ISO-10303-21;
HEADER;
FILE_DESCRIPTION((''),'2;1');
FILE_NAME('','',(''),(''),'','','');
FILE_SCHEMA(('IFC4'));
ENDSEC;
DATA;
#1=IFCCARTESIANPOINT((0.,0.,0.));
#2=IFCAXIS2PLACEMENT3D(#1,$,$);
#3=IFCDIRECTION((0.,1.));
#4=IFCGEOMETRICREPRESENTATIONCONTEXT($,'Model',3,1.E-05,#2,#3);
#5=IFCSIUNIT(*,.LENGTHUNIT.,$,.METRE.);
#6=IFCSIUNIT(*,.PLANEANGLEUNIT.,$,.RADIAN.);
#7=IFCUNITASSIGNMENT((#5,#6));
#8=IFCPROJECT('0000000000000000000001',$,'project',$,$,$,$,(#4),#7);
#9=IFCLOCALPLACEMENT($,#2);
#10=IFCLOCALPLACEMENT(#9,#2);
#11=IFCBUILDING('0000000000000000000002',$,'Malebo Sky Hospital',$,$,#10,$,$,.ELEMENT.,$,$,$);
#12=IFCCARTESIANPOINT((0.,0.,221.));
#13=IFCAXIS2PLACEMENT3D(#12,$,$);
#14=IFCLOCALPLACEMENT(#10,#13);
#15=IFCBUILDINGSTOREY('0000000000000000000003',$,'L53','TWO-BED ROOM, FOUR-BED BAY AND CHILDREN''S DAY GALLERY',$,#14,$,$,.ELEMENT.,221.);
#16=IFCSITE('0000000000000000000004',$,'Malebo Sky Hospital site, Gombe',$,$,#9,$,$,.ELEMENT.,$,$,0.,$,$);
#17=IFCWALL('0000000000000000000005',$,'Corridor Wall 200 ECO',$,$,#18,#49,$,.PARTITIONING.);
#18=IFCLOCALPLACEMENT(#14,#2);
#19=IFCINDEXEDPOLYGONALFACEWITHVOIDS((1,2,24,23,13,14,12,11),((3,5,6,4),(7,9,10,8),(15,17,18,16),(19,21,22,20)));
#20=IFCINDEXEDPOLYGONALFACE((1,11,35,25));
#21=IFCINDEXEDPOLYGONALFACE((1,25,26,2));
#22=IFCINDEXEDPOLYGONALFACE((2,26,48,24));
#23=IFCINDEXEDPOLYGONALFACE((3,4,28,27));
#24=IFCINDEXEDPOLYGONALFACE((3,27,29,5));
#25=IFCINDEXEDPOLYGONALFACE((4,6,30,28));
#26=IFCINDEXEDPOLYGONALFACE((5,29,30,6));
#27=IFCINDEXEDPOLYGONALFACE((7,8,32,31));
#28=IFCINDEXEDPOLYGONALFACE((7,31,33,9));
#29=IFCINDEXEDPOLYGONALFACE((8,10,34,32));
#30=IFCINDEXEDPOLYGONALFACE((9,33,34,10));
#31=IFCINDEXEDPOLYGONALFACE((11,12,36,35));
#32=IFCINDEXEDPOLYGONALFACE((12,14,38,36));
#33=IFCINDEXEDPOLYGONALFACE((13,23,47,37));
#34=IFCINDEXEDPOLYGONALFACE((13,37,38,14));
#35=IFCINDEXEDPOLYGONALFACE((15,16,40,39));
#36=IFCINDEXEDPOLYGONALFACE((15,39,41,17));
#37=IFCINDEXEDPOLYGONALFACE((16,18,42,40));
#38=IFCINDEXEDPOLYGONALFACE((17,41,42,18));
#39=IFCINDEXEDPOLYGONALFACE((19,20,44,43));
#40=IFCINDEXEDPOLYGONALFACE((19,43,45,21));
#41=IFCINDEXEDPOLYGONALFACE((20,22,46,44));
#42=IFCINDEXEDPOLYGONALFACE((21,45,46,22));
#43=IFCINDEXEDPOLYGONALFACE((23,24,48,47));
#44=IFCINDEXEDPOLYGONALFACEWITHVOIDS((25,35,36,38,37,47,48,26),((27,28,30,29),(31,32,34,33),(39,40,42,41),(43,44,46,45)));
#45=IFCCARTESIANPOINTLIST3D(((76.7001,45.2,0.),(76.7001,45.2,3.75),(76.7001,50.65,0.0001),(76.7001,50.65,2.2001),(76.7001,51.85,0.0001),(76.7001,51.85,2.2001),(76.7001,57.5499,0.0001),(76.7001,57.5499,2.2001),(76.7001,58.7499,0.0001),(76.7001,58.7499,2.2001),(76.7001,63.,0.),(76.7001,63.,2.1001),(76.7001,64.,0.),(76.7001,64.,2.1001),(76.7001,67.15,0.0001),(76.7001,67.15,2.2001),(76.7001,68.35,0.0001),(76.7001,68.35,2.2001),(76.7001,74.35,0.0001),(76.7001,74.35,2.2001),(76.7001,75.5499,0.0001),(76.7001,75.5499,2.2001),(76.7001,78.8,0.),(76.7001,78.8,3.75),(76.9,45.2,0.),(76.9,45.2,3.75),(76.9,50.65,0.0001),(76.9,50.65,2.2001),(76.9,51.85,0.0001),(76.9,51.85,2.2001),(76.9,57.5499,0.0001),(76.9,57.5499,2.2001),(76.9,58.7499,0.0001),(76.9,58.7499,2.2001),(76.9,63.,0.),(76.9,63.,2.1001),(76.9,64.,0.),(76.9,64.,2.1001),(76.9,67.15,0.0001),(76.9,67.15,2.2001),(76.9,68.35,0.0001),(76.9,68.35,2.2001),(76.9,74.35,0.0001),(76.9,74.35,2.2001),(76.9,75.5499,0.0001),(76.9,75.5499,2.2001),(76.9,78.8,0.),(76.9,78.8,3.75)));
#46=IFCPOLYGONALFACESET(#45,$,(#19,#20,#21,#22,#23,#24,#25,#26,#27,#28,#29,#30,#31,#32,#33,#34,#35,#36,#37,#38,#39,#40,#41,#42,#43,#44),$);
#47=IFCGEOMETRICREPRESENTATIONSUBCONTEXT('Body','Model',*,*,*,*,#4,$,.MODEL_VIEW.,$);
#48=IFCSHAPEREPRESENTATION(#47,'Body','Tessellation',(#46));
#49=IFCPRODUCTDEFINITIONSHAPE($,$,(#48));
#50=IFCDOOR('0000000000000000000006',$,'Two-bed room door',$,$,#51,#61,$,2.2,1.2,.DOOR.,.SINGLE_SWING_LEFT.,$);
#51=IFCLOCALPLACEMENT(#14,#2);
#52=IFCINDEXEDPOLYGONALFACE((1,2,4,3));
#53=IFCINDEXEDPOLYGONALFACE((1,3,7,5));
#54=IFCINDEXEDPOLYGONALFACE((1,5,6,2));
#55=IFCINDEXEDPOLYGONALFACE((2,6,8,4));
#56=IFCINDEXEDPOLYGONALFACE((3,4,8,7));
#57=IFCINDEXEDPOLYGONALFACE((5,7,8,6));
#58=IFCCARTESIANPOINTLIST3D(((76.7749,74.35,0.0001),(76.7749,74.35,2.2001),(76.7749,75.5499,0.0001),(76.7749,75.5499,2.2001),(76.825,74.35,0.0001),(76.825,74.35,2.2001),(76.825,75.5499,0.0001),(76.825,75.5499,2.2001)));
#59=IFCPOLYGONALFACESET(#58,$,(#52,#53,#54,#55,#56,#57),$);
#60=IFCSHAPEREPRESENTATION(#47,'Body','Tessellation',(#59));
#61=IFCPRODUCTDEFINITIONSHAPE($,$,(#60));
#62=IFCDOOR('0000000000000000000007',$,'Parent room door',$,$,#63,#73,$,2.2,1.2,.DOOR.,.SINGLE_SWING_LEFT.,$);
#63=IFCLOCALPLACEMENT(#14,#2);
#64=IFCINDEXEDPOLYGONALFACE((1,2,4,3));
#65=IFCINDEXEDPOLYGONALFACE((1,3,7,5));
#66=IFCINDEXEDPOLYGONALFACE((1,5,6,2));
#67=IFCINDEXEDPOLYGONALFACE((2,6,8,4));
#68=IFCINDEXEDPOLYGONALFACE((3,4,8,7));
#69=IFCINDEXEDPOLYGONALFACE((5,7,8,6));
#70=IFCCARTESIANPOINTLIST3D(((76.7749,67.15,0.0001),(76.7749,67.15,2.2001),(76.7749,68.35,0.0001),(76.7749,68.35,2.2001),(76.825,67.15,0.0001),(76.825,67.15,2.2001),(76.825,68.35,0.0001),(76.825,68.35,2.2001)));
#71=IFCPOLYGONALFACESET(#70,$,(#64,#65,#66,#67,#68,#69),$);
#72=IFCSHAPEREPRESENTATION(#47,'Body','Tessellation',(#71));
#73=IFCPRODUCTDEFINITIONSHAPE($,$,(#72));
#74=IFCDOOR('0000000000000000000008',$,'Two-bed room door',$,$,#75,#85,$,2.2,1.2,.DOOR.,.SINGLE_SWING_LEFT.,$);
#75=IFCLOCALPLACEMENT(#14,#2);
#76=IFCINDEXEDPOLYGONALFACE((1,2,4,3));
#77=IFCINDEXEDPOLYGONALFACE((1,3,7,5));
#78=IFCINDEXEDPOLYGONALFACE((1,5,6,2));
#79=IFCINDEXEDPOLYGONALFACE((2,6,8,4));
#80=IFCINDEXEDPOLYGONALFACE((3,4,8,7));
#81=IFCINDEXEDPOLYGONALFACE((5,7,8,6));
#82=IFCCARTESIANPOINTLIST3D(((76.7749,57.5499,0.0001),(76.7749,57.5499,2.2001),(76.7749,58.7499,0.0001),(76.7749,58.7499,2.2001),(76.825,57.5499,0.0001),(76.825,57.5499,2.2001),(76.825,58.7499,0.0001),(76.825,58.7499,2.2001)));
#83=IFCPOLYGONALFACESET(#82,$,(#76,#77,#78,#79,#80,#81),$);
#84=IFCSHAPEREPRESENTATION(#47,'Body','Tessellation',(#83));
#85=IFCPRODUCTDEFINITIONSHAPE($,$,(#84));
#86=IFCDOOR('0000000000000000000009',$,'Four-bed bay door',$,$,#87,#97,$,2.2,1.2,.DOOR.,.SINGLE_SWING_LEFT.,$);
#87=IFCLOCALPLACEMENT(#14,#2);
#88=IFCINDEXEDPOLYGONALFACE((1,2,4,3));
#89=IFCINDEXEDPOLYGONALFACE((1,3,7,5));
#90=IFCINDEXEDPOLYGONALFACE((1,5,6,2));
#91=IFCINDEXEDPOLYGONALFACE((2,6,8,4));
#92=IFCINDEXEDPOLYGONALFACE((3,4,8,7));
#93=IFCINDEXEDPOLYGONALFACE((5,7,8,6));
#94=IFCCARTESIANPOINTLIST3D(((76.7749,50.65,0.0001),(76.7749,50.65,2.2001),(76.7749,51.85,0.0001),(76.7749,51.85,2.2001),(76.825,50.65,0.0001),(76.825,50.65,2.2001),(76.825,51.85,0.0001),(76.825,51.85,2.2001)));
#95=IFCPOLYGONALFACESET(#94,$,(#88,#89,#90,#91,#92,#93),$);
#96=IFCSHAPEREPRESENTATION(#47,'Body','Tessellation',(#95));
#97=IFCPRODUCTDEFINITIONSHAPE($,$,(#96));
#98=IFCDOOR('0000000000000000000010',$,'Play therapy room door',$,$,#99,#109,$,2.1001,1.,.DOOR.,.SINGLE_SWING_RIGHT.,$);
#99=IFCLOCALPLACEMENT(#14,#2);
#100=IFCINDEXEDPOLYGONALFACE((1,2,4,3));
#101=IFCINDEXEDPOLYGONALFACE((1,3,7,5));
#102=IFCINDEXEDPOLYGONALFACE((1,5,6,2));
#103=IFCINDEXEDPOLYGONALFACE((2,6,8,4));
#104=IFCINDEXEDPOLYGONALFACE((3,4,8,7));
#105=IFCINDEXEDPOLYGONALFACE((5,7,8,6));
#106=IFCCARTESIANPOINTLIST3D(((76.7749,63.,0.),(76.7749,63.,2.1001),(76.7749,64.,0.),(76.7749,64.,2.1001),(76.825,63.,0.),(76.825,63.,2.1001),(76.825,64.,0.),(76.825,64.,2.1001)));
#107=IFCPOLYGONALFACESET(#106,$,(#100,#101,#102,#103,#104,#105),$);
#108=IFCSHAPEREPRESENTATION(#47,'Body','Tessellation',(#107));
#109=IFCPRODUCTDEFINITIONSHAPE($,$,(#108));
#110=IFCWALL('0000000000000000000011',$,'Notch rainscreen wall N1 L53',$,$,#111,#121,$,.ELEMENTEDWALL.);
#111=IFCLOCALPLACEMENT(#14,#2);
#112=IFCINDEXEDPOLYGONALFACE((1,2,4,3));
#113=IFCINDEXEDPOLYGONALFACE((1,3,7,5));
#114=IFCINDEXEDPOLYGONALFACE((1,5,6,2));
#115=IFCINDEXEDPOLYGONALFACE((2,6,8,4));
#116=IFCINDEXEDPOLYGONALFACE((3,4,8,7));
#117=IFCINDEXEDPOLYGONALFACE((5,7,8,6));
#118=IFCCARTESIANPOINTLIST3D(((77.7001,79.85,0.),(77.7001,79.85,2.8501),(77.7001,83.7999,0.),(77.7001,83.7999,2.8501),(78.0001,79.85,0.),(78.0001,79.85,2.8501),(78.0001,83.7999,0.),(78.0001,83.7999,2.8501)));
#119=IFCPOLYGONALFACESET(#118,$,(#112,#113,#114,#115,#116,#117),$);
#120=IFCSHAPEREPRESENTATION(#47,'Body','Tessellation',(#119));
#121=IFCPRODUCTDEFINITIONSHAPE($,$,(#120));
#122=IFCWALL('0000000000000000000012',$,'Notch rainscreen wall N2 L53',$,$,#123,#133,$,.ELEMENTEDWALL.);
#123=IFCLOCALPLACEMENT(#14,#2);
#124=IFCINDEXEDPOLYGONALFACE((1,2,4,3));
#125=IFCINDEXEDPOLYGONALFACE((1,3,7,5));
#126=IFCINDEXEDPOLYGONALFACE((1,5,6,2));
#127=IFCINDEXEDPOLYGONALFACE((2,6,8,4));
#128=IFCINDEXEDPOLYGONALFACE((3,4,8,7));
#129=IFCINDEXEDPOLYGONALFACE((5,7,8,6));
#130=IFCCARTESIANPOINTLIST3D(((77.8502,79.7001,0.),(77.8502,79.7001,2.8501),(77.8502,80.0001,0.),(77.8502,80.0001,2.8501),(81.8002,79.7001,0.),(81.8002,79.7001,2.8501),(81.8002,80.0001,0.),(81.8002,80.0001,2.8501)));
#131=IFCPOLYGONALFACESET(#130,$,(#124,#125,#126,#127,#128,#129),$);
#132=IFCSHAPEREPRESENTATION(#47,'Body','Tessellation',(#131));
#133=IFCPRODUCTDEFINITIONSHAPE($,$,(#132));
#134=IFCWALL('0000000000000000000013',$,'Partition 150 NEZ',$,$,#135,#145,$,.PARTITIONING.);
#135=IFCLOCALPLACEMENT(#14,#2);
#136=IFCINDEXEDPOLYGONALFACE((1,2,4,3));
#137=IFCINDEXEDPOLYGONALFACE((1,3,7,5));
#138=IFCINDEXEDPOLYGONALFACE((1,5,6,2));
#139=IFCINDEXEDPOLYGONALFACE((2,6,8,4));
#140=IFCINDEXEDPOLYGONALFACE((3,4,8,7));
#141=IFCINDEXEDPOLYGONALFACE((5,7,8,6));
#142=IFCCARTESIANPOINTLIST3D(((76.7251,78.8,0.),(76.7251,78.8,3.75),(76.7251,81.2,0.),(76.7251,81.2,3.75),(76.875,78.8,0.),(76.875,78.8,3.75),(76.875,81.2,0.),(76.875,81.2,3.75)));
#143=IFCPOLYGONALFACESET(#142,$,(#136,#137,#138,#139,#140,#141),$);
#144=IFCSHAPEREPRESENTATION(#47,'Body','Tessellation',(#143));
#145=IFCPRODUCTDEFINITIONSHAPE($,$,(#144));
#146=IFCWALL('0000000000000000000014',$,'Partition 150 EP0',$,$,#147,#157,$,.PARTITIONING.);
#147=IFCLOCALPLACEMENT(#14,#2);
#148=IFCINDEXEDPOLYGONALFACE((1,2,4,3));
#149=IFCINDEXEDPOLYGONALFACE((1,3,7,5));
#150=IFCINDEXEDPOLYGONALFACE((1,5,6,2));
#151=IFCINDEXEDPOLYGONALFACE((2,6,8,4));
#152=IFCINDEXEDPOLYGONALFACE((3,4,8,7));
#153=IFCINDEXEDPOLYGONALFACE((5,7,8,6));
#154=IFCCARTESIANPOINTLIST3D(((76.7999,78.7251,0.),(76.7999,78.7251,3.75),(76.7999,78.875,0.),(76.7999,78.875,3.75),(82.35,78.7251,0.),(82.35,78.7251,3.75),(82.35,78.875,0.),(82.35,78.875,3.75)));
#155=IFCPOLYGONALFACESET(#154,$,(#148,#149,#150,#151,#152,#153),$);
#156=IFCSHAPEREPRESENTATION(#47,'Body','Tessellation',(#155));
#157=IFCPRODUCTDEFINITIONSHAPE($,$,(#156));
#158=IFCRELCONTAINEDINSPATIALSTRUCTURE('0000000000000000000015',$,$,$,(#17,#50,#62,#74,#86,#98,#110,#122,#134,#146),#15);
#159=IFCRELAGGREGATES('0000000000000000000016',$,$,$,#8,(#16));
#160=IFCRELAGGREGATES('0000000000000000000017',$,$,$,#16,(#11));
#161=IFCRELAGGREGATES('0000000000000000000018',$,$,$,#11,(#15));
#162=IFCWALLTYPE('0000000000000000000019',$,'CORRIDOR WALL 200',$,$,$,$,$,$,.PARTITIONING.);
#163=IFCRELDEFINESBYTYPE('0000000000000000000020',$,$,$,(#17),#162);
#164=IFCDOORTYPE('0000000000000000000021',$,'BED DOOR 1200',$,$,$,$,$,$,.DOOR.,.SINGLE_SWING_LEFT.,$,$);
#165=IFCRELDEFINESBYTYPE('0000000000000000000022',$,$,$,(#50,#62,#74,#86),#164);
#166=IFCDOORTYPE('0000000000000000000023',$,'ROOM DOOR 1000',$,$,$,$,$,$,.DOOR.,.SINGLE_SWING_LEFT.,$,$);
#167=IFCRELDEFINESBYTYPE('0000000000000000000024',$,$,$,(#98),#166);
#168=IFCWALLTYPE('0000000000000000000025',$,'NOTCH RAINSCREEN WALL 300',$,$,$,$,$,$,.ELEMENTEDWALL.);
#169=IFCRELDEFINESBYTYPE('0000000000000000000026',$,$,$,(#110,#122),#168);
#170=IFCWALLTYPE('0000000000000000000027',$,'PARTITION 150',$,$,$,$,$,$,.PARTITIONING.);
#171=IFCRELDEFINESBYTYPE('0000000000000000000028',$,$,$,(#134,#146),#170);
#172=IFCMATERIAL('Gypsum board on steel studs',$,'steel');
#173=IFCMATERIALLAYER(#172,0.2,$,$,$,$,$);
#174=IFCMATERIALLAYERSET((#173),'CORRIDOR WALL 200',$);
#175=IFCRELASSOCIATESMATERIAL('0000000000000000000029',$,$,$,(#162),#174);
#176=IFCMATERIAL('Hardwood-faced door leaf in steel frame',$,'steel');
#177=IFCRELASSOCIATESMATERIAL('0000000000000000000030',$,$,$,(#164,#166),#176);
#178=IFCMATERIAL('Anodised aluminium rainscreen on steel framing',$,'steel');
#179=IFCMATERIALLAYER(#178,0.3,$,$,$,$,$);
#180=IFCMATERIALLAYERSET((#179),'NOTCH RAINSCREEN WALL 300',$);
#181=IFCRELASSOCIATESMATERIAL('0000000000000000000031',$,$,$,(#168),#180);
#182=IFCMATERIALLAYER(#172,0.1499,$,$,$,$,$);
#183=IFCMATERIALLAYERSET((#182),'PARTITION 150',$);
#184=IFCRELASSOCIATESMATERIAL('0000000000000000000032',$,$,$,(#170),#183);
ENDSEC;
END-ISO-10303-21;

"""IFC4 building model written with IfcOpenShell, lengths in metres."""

from ifc_helpers import new_model, si_unit, direction, frame, frame_2d, origin, place, context, subcontext, project, spatial, rectangle, extrude, material, layer, layer_set, type_object, element, fill, save


model = new_model("IFC4")

# Units and contexts
model_context = context("Model", 3, precision=1e-05, world=origin(), true_north=direction((0.0, 1.0)))
body_context = subcontext(model_context, "Body", "Model", "MODEL_VIEW")
ifc_project = project(units=[si_unit("LENGTHUNIT", "METRE"), si_unit("PLANEANGLEUNIT", "RADIAN")], contexts=[model_context])

# Site, building, storey
site_placement = place(None, origin())
site = spatial("IfcSite", under=ifc_project, at=site_placement, Name="Malebo Sky Hospital site, Gombe", CompositionType="ELEMENT", RefElevation=0.0)
building_placement = place(site_placement, origin())
building = spatial("IfcBuilding", under=site, at=building_placement, Name="Malebo Sky Hospital", CompositionType="ELEMENT")
storey_placement = place(building_placement, frame((0.0, 0.0, 221.0)))
storey = spatial("IfcBuildingStorey", under=building, at=storey_placement, Name="L53", Description="TWO-BED ROOM, FOUR-BED BAY AND CHILDREN'S DAY GALLERY", CompositionType="ELEMENT", Elevation=221.0)

# Wall, openings, doors
ifc_material_1 = material(Name="Gypsum board on steel studs", Category="steel")
ifc_layer_1 = layer(ifc_material_1, 0.2)
ifc_layer_set_1 = layer_set([ifc_layer_1], Name="CORRIDOR WALL 200")
wall_type_1 = type_object("IfcWallType", Name="CORRIDOR WALL 200", PredefinedType="PARTITIONING", material=ifc_layer_set_1)
wall_1_placement = place(storey_placement, frame((76.8, 78.8, 0.0), z_axis=(0.0, 0.0, 1.0), x_axis=(0.0, -1.0, 0.0)))
wall_1 = element("IfcWall", 1, at=wall_1_placement, inside=storey, type_object=wall_type_1, Name="Corridor Wall 200 ECO", PredefinedType="PARTITIONING", context=body_context, shape_type="SweptSolid", body=[
    extrude(rectangle(XDim=33.6001, YDim=0.2, at=frame_2d((16.8, 0.0))), origin(), (0.0, 0.0, 1.0), 3.75),
])
opening_1_placement = place(wall_1_placement, frame((3.25, 0.0, 0.0)))
opening_1 = element("IfcOpeningElement", 2, at=opening_1_placement, cuts=wall_1, PredefinedType="OPENING", context=body_context, shape_type="SweptSolid", body=[
    extrude(rectangle(XDim=1.2, YDim=2.2, at=frame_2d((0.6001, 1.1001))), frame((0.0, 0.1099, 0.0), z_axis=(0.0, -1.0, 0.0), x_axis=(1.0, 0.0, 0.0)), (0.0, 0.0, 1.0), 0.22),
])
opening_2_placement = place(wall_1_placement, frame((10.45, 0.0, 0.0)))
opening_2 = element("IfcOpeningElement", 3, at=opening_2_placement, cuts=wall_1, PredefinedType="OPENING", context=body_context, shape_type="SweptSolid", body=[
    extrude(rectangle(XDim=1.2, YDim=2.2, at=frame_2d((0.6001, 1.1001))), frame((0.0, 0.1099, 0.0), z_axis=(0.0, -1.0, 0.0), x_axis=(1.0, 0.0, 0.0)), (0.0, 0.0, 1.0), 0.22),
])
opening_3_placement = place(wall_1_placement, frame((14.8, 0.0, 0.0)))
opening_3 = element("IfcOpeningElement", 4, at=opening_3_placement, cuts=wall_1, PredefinedType="OPENING", context=body_context, shape_type="SweptSolid", body=[
    extrude(rectangle(XDim=1.0, YDim=2.1001, at=frame_2d((0.5, 1.05))), frame((0.0, 0.1099, 0.0), z_axis=(0.0, -1.0, 0.0), x_axis=(1.0, 0.0, 0.0)), (0.0, 0.0, 1.0), 0.22),
])
opening_4_placement = place(wall_1_placement, frame((20.05, 0.0, 0.0)))
opening_4 = element("IfcOpeningElement", 5, at=opening_4_placement, cuts=wall_1, PredefinedType="OPENING", context=body_context, shape_type="SweptSolid", body=[
    extrude(rectangle(XDim=1.2, YDim=2.2, at=frame_2d((0.6001, 1.1001))), frame((0.0, 0.1099, 0.0), z_axis=(0.0, -1.0, 0.0), x_axis=(1.0, 0.0, 0.0)), (0.0, 0.0, 1.0), 0.22),
])
opening_5_placement = place(wall_1_placement, frame((26.95, 0.0, 0.0)))
opening_5 = element("IfcOpeningElement", 6, at=opening_5_placement, cuts=wall_1, PredefinedType="OPENING", context=body_context, shape_type="SweptSolid", body=[
    extrude(rectangle(XDim=1.2, YDim=2.2, at=frame_2d((0.6001, 1.1001))), frame((0.0, 0.1099, 0.0), z_axis=(0.0, -1.0, 0.0), x_axis=(1.0, 0.0, 0.0)), (0.0, 0.0, 1.0), 0.22),
])
ifc_material_2 = material(Name="Hardwood-faced door leaf in steel frame", Category="steel")
door_type_1 = type_object("IfcDoorType", Name="BED DOOR 1200", OperationType="SINGLE_SWING_LEFT", PredefinedType="DOOR", material=ifc_material_2)
door_1_placement = place(opening_1_placement, origin())
door_1 = element("IfcDoor", 7, at=door_1_placement, inside=storey, type_object=door_type_1, Name="Two-bed room door", OperationType="SINGLE_SWING_LEFT", OverallHeight=2.2, OverallWidth=1.2, PredefinedType="DOOR", context=body_context, shape_type="SweptSolid", body=[
    extrude(rectangle(XDim=1.2, YDim=2.2, at=frame_2d((0.6001, 1.1001))), frame((0.0, 0.0249, 0.0), z_axis=(0.0, -1.0, 0.0), x_axis=(1.0, 0.0, 0.0)), (0.0, 0.0, 1.0), 0.05),
])
fill(opening_1, door_1)
door_2_placement = place(opening_2_placement, origin())
door_2 = element("IfcDoor", 8, at=door_2_placement, inside=storey, type_object=door_type_1, Name="Parent room door", OperationType="SINGLE_SWING_LEFT", OverallHeight=2.2, OverallWidth=1.2, PredefinedType="DOOR", context=body_context, shape_type="SweptSolid", body=[
    extrude(rectangle(XDim=1.2, YDim=2.2, at=frame_2d((0.6001, 1.1001))), frame((0.0, 0.0249, 0.0), z_axis=(0.0, -1.0, 0.0), x_axis=(1.0, 0.0, 0.0)), (0.0, 0.0, 1.0), 0.05),
])
fill(opening_2, door_2)
door_3_placement = place(opening_4_placement, origin())
door_3 = element("IfcDoor", 9, at=door_3_placement, inside=storey, type_object=door_type_1, Name="Two-bed room door", OperationType="SINGLE_SWING_LEFT", OverallHeight=2.2, OverallWidth=1.2, PredefinedType="DOOR", context=body_context, shape_type="SweptSolid", body=[
    extrude(rectangle(XDim=1.2, YDim=2.2, at=frame_2d((0.6001, 1.1001))), frame((0.0, 0.0249, 0.0), z_axis=(0.0, -1.0, 0.0), x_axis=(1.0, 0.0, 0.0)), (0.0, 0.0, 1.0), 0.05),
])
fill(opening_4, door_3)
door_4_placement = place(opening_5_placement, origin())
door_4 = element("IfcDoor", 10, at=door_4_placement, inside=storey, type_object=door_type_1, Name="Four-bed bay door", OperationType="SINGLE_SWING_LEFT", OverallHeight=2.2, OverallWidth=1.2, PredefinedType="DOOR", context=body_context, shape_type="SweptSolid", body=[
    extrude(rectangle(XDim=1.2, YDim=2.2, at=frame_2d((0.6001, 1.1001))), frame((0.0, 0.0249, 0.0), z_axis=(0.0, -1.0, 0.0), x_axis=(1.0, 0.0, 0.0)), (0.0, 0.0, 1.0), 0.05),
])
fill(opening_5, door_4)
door_type_2 = type_object("IfcDoorType", Name="ROOM DOOR 1000", OperationType="SINGLE_SWING_LEFT", PredefinedType="DOOR", material=ifc_material_2)
door_5_placement = place(opening_3_placement, origin())
door_5 = element("IfcDoor", 11, at=door_5_placement, inside=storey, type_object=door_type_2, Name="Play therapy room door", OperationType="SINGLE_SWING_RIGHT", OverallHeight=2.1001, OverallWidth=1.0, PredefinedType="DOOR", context=body_context, shape_type="SweptSolid", body=[
    extrude(rectangle(XDim=1.0, YDim=2.1001, at=frame_2d((0.5, 1.05))), frame((0.0, 0.0249, 0.0), z_axis=(0.0, -1.0, 0.0), x_axis=(1.0, 0.0, 0.0)), (0.0, 0.0, 1.0), 0.05),
])
fill(opening_3, door_5)

# Walls
ifc_material_3 = material(Name="Anodised aluminium rainscreen on steel framing", Category="steel")
ifc_layer_2 = layer(ifc_material_3, 0.3)
ifc_layer_set_2 = layer_set([ifc_layer_2], Name="NOTCH RAINSCREEN WALL 300")
wall_type_2 = type_object("IfcWallType", Name="NOTCH RAINSCREEN WALL 300", PredefinedType="ELEMENTEDWALL", material=ifc_layer_set_2)
for number, where, z_axis, x_axis, name in (
    (12, (77.8501, 83.8, 0.0), (0.0, 0.0, 1.0), (0.0, -1.0, 0.0), "Notch rainscreen wall N1 L53"),
    (13, (77.8501, 79.8501, 0.0), (0.0, 0.0, 1.0), (1.0, 0.0, 0.0), "Notch rainscreen wall N2 L53"),
):
    element("IfcWall", number, at=place(storey_placement, frame(where, z_axis=z_axis, x_axis=x_axis)), inside=storey, type_object=wall_type_2, Name=name, PredefinedType="ELEMENTEDWALL", context=body_context, shape_type="SweptSolid", body=[
        extrude(rectangle(XDim=3.95, YDim=0.3, at=frame_2d((1.9751, 0.0))), origin(), (0.0, 0.0, 1.0), 2.8501),
    ])
ifc_layer_3 = layer(ifc_material_1, 0.1499)
ifc_layer_set_3 = layer_set([ifc_layer_3], Name="PARTITION 150")
wall_type_3 = type_object("IfcWallType", Name="PARTITION 150", PredefinedType="PARTITIONING", material=ifc_layer_set_3)
wall_2_placement = place(storey_placement, frame((76.8, 78.8, 0.0), z_axis=(0.0, 0.0, 1.0), x_axis=(0.0, 1.0, 0.0)))
element("IfcWall", 14, at=wall_2_placement, inside=storey, type_object=wall_type_3, Name="Partition 150 NEZ", PredefinedType="PARTITIONING", context=body_context, shape_type="SweptSolid", body=[
    extrude(rectangle(XDim=2.3999, YDim=0.1499, at=frame_2d((1.2, 0.0))), origin(), (0.0, 0.0, 1.0), 3.75),
])
wall_3_placement = place(storey_placement, frame((76.8, 78.8, 0.0), z_axis=(0.0, 0.0, 1.0), x_axis=(1.0, 0.0, 0.0)))
element("IfcWall", 15, at=wall_3_placement, inside=storey, type_object=wall_type_3, Name="Partition 150 EP0", PredefinedType="PARTITIONING", context=body_context, shape_type="SweptSolid", body=[
    extrude(rectangle(XDim=5.55, YDim=0.1499, at=frame_2d((2.7749, 0.0))), origin(), (0.0, 0.0, 1.0), 3.75),
])

save(model, "model.ifc")
